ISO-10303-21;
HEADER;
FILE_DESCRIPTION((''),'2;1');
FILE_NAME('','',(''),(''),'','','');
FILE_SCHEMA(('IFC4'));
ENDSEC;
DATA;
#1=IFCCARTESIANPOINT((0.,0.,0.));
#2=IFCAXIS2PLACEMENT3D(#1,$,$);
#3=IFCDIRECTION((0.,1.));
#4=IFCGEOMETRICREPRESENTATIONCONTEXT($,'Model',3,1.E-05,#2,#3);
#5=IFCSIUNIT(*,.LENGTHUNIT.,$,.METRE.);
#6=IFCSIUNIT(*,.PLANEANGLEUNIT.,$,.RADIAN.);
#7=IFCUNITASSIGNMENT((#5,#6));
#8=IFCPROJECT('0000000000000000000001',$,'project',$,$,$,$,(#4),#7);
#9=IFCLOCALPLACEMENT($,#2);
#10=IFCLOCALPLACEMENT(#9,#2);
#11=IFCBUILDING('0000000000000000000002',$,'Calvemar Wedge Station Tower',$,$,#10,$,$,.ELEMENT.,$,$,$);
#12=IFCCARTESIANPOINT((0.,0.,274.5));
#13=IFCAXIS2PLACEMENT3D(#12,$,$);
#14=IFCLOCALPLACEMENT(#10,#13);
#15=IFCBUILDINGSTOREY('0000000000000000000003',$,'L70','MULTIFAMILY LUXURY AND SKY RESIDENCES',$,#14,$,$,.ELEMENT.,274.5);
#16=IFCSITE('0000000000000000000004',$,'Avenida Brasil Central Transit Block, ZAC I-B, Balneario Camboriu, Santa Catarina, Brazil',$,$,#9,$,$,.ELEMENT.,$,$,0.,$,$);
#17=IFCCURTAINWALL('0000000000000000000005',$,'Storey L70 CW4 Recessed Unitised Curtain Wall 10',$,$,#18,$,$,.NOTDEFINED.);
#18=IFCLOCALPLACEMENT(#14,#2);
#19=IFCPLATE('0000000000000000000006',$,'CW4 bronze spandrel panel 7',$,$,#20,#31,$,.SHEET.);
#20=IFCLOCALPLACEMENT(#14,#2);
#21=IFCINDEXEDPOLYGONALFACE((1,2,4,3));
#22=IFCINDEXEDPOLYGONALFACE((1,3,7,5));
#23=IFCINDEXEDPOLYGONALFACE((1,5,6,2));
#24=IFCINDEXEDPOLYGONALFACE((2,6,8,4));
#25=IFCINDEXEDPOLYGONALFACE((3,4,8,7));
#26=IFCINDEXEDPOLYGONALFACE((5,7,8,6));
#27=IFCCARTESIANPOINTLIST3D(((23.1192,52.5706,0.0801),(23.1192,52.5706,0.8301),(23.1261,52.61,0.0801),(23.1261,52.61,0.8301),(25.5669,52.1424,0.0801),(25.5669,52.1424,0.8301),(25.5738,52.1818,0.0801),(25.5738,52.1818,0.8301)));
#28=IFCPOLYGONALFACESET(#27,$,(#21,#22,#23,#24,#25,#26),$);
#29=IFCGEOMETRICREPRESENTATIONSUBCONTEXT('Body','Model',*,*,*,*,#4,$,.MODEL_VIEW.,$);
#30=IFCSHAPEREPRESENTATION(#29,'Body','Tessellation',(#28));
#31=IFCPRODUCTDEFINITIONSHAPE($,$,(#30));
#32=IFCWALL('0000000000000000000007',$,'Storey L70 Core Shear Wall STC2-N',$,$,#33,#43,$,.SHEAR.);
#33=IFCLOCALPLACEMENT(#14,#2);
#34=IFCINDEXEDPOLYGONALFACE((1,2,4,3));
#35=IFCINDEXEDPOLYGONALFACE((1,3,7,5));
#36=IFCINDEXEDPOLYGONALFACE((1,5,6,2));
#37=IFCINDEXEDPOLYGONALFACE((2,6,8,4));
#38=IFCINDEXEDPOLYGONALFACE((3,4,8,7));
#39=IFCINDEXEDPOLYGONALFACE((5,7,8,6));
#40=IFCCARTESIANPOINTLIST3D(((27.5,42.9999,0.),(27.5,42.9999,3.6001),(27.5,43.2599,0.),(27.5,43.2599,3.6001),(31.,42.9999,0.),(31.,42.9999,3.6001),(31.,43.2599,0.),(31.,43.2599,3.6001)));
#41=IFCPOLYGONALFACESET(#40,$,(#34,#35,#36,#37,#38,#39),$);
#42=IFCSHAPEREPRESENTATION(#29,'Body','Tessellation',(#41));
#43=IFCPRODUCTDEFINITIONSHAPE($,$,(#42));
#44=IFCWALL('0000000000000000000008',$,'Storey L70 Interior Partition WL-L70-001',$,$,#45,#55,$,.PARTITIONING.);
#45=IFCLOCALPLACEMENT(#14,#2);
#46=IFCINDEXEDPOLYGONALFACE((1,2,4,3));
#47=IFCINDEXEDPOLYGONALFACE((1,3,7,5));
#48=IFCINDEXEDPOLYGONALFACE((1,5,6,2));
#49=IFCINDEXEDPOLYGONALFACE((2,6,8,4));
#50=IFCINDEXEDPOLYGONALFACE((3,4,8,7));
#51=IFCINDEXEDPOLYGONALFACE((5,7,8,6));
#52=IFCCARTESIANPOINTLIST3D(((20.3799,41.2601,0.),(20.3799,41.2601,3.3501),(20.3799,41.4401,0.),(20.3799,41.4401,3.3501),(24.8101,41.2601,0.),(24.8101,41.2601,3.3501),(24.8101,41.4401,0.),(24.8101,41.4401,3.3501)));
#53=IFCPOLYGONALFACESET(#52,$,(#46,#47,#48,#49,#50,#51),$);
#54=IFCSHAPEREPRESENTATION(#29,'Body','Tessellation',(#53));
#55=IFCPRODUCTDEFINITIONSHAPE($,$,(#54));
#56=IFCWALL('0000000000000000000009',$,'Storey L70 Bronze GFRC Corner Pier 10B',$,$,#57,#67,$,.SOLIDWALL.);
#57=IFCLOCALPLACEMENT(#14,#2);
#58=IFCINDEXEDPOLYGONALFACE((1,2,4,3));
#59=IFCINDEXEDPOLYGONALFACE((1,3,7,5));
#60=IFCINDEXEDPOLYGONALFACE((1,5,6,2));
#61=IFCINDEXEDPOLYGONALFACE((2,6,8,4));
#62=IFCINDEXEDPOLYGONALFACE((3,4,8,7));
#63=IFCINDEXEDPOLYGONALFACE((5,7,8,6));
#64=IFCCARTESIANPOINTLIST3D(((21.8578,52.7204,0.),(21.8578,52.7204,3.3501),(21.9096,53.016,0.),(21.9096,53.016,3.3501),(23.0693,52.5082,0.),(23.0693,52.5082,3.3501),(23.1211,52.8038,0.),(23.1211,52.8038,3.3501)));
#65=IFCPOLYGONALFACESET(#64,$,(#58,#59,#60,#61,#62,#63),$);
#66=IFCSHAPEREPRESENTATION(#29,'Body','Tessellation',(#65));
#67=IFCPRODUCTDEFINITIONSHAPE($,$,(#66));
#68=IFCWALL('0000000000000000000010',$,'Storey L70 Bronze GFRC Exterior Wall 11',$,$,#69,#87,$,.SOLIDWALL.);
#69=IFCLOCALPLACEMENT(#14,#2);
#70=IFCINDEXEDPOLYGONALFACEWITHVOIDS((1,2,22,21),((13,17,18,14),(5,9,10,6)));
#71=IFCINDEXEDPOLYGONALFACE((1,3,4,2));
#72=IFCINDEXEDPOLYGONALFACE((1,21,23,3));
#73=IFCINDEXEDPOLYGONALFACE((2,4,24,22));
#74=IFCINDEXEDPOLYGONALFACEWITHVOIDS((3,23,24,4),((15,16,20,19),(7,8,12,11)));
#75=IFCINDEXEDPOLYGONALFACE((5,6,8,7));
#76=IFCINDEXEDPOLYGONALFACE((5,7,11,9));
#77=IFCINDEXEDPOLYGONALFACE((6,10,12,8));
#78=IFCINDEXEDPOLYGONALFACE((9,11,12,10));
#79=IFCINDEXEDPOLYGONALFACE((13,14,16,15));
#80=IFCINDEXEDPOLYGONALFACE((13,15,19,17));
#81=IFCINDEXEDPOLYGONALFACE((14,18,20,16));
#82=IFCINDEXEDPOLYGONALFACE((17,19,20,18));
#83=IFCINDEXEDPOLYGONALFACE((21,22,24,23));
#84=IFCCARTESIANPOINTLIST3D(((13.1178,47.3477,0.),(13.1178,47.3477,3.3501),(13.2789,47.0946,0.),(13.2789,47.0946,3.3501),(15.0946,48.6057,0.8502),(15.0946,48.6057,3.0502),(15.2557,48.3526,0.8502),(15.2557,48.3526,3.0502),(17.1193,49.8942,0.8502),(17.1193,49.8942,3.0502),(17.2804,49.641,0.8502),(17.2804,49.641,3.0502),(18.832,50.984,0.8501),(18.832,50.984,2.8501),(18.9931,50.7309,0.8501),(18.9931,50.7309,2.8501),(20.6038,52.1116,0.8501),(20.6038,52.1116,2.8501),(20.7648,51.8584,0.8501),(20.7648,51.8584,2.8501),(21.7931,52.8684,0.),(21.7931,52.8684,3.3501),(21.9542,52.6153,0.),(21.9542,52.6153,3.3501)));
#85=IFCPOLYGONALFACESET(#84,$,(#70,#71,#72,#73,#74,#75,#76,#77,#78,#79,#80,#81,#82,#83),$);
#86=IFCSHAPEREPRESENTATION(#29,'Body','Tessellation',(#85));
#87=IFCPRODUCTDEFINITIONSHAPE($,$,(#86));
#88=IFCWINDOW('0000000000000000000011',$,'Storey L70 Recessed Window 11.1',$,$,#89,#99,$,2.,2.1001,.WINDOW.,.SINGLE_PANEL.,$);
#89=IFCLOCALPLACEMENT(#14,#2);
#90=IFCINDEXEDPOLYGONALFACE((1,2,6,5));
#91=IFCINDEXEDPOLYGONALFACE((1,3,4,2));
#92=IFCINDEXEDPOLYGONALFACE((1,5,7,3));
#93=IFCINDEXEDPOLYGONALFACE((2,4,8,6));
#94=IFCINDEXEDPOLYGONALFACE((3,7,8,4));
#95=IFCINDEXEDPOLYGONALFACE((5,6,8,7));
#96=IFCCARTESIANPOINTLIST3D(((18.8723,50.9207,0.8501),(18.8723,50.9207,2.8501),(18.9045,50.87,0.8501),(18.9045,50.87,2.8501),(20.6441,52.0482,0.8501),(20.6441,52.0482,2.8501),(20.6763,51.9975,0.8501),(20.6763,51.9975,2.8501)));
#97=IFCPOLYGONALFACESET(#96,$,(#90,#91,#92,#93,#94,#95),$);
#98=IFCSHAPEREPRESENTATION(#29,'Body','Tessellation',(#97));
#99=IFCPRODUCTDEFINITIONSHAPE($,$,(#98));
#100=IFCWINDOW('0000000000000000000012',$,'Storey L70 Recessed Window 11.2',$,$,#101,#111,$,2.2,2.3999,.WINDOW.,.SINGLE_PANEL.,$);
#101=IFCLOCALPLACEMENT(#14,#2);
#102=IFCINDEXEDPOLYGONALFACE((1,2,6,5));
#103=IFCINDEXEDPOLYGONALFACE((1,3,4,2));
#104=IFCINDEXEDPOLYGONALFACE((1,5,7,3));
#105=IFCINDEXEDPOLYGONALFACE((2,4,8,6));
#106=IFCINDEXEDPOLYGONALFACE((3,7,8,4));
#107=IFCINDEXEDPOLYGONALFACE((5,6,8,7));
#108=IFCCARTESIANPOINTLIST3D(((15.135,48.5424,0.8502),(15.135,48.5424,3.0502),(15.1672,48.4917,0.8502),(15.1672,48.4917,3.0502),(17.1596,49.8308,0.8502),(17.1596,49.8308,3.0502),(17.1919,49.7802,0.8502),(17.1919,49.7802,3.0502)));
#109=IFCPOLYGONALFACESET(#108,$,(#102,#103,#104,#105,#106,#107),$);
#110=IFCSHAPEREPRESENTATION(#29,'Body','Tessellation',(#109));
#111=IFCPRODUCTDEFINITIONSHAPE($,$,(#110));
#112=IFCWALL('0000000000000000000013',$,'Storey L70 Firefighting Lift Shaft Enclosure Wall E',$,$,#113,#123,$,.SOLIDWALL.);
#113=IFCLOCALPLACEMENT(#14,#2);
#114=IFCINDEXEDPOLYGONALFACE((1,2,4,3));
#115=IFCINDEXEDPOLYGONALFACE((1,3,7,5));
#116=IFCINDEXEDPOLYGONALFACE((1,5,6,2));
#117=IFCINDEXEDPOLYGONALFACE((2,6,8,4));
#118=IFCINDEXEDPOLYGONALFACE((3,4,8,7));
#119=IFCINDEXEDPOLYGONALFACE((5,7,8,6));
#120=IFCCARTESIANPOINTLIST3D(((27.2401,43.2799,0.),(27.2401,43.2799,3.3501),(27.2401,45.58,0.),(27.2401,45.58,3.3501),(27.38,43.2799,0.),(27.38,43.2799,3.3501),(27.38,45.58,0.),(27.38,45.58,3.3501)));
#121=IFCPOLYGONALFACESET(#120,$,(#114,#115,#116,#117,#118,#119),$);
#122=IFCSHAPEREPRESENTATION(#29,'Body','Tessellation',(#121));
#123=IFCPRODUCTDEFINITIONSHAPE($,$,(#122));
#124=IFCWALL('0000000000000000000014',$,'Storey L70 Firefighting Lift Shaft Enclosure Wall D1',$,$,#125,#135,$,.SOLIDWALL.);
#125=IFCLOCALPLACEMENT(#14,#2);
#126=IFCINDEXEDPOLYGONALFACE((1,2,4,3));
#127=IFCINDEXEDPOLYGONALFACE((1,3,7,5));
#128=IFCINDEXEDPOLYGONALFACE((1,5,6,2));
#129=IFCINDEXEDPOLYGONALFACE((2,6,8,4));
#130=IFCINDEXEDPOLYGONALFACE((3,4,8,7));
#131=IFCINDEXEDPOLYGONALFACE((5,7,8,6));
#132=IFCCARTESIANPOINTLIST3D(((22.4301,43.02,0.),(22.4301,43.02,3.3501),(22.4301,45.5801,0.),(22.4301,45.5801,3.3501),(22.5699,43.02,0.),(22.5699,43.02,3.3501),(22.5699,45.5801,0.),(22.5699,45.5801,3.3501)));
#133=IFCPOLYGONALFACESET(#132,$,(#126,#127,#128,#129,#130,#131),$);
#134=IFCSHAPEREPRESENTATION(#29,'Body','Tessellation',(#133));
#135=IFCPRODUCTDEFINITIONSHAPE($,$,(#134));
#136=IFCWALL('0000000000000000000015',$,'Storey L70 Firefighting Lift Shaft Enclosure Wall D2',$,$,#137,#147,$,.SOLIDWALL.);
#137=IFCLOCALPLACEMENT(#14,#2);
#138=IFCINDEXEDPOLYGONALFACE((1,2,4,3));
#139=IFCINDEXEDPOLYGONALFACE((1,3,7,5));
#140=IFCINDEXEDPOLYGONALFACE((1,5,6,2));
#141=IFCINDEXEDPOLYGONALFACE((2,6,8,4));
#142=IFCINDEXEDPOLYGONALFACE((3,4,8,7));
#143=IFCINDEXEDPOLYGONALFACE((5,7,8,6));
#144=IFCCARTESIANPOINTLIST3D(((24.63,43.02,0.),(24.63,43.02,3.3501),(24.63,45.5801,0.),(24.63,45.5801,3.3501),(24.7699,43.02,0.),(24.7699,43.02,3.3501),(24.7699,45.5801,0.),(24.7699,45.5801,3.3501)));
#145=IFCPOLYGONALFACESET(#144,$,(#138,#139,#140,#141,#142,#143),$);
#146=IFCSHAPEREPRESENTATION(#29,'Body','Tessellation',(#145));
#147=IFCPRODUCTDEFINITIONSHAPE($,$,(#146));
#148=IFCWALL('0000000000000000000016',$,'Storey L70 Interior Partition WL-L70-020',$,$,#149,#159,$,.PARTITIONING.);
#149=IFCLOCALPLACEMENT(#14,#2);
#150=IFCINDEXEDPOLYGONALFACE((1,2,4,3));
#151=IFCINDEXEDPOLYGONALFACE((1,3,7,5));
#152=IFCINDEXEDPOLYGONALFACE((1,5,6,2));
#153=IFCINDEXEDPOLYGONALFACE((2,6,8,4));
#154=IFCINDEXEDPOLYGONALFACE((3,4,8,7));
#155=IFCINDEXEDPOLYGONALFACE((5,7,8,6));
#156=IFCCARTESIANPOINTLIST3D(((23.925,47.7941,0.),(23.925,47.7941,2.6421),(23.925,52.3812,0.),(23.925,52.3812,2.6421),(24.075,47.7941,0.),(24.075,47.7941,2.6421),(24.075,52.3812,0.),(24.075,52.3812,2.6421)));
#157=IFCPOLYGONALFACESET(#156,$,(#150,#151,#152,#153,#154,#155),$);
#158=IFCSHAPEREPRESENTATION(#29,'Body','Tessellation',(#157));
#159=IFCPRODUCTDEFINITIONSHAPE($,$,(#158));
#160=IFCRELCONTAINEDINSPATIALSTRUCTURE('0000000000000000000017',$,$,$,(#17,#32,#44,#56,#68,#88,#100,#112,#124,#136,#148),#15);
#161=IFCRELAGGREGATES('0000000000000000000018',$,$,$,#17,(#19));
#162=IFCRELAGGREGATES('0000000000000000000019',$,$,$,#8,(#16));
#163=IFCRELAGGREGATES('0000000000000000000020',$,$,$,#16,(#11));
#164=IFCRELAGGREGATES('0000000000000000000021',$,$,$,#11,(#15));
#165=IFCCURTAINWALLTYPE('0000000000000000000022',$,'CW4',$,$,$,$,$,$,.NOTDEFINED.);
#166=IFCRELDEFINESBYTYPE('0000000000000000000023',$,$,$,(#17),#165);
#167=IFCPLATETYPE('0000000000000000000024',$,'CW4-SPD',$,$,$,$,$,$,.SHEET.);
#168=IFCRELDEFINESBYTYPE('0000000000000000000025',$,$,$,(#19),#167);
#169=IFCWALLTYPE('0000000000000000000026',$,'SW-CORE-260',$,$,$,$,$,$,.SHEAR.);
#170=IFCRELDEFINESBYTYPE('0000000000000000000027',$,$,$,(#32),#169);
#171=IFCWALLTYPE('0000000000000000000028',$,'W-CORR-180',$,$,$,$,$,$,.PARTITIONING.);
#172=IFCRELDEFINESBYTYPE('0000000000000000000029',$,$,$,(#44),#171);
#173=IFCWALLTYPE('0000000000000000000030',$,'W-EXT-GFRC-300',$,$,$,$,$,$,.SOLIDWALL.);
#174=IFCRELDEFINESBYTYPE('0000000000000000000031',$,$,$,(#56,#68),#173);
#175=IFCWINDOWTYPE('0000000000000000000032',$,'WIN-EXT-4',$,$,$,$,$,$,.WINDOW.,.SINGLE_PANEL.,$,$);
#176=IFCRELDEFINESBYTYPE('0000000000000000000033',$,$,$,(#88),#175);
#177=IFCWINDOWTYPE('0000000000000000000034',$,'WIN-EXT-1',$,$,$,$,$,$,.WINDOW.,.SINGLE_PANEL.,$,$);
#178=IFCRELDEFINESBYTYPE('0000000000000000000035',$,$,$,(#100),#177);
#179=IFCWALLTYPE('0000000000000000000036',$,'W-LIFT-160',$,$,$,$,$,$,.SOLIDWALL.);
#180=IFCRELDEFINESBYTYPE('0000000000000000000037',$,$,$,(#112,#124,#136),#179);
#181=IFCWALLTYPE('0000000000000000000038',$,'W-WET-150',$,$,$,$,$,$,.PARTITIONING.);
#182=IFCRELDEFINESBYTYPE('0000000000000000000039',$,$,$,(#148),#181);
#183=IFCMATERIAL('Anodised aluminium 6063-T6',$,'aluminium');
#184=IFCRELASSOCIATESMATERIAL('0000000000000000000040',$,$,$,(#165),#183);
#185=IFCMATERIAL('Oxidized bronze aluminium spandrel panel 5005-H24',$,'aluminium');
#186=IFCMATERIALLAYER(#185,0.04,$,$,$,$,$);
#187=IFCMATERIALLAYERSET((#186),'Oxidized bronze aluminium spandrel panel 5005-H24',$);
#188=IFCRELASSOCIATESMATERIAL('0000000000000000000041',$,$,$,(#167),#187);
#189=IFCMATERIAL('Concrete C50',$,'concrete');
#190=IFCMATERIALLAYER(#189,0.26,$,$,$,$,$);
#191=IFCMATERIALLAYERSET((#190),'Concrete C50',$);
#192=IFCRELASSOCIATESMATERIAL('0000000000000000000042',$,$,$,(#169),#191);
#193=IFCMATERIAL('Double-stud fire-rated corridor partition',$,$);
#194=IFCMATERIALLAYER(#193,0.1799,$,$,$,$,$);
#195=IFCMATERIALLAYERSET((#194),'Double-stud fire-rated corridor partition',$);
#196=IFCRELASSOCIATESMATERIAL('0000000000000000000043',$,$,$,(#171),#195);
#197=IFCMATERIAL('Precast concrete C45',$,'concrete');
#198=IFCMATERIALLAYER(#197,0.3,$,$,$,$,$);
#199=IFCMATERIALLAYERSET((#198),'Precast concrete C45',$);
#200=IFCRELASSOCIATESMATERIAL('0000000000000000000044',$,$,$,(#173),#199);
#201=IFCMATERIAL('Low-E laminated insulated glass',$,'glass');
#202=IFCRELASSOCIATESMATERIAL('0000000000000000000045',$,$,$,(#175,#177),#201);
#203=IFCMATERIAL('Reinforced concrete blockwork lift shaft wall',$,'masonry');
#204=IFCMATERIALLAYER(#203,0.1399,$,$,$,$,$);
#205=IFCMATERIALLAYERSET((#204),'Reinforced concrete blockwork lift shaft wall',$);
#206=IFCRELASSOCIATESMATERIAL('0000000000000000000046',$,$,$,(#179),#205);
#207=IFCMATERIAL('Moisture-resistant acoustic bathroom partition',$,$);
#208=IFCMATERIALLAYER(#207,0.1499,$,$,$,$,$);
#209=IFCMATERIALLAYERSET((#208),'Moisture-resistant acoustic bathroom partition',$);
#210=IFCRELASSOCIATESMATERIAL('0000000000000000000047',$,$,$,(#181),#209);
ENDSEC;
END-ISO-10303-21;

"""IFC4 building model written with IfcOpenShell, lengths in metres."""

from ifc_helpers import new_model, si_unit, direction, frame, frame_2d, origin, place, context, subcontext, project, spatial, rectangle, extrude, source, transform, mapped, material, layer, layer_set, type_object, element, fill, aggregate, save


model = new_model("IFC4")

# Units and contexts
model_context = context("Model", 3, precision=1e-05, world=origin(), true_north=direction((0.0, 1.0)))
body_context = subcontext(model_context, "Body", "Model", "MODEL_VIEW")
ifc_project = project(units=[si_unit("LENGTHUNIT", "METRE"), si_unit("PLANEANGLEUNIT", "RADIAN")], contexts=[model_context])

# Site, building, storey
site_placement = place(None, origin())
site = spatial("IfcSite", under=ifc_project, at=site_placement, Name="Avenida Brasil Central Transit Block, ZAC I-B, Balneario Camboriu, Santa Catarina, Brazil", CompositionType="ELEMENT", RefElevation=0.0)
building_placement = place(site_placement, origin())
building = spatial("IfcBuilding", under=site, at=building_placement, Name="Calvemar Wedge Station Tower", CompositionType="ELEMENT")
storey_placement = place(building_placement, frame((0.0, 0.0, 274.5)))
storey = spatial("IfcBuildingStorey", under=building, at=storey_placement, Name="L70", Description="MULTIFAMILY LUXURY AND SKY RESIDENCES", CompositionType="ELEMENT", Elevation=274.5)

# Shared definitions
ifc_material_1 = material(Name="Concrete C50", Category="concrete")

# Curtain wall, plate
ifc_material_2 = material(Name="Anodised aluminium 6063-T6", Category="aluminium")
curtain_wall_type = type_object("IfcCurtainWallType", Name="CW4", PredefinedType="NOTDEFINED", material=ifc_material_2)
curtain_wall_placement = place(storey_placement, origin())
curtain_wall = element("IfcCurtainWall", 1, at=curtain_wall_placement, inside=storey, type_object=curtain_wall_type, Name="Storey L70 CW4 Recessed Unitised Curtain Wall 10", PredefinedType="NOTDEFINED")
ifc_material_3 = material(Name="Low-E laminated insulated glass", Category="glass")
ifc_material_4 = material(Name="Oxidized bronze aluminium spandrel panel 5005-H24", Category="aluminium")
ifc_layer_1 = layer(ifc_material_4, 0.04)
ifc_layer_set_1 = layer_set([ifc_layer_1], Name="Oxidized bronze aluminium spandrel panel 5005-H24")
plate_type_1 = type_object("IfcPlateType", Name="CW4-SPD", PredefinedType="SHEET", material=ifc_layer_set_1)
plate_1_placement = place(storey_placement, frame((25.5703, 52.1621, 0.0801), z_axis=(0.0, 0.0, 1.0), x_axis=(-0.98504, 0.172328, 0.0)))
plate_1 = element("IfcPlate", 2, at=plate_1_placement, type_object=plate_type_1, Name="CW4 bronze spandrel panel 7", PredefinedType="SHEET", context=body_context, shape_type="SweptSolid", body=[
    extrude(rectangle(XDim=2.4849, YDim=0.04, at=frame_2d((1.2424, 0.0))), origin(), (0.0, 0.0, 1.0), 0.75),
])
aggregate(curtain_wall, [plate_1])

# Walls
ifc_layer_2 = layer(ifc_material_1, 0.26)
ifc_layer_set_2 = layer_set([ifc_layer_2], Name="Concrete C50")
wall_type_1 = type_object("IfcWallType", Name="SW-CORE-260", PredefinedType="SHEAR", material=ifc_layer_set_2)
wall_1_placement = place(storey_placement, frame((27.5, 43.1299, 0.0), z_axis=(0.0, 0.0, 1.0), x_axis=(1.0, 0.0, 0.0)))
element("IfcWall", 3, at=wall_1_placement, inside=storey, type_object=wall_type_1, Name="Storey L70 Core Shear Wall STC2-N", PredefinedType="SHEAR", context=body_context, shape_type="SweptSolid", body=[
    extrude(rectangle(XDim=3.5, YDim=0.26, at=frame_2d((1.75, 0.0))), origin(), (0.0, 0.0, 1.0), 3.6001),
])
ifc_material_5 = material(Name="Double-stud fire-rated corridor partition")
ifc_layer_3 = layer(ifc_material_5, 0.1799)
ifc_layer_set_3 = layer_set([ifc_layer_3], Name="Double-stud fire-rated corridor partition")
wall_type_2 = type_object("IfcWallType", Name="W-CORR-180", PredefinedType="PARTITIONING", material=ifc_layer_set_3)
wall_2_placement = place(storey_placement, frame((24.8101, 41.3501, 0.0), z_axis=(0.0, 0.0, 1.0), x_axis=(-1.0, 0.0, 0.0)))
element("IfcWall", 4, at=wall_2_placement, inside=storey, type_object=wall_type_2, Name="Storey L70 Interior Partition WL-L70-001", PredefinedType="PARTITIONING", context=body_context, shape_type="SweptSolid", body=[
    extrude(rectangle(XDim=4.4302, YDim=0.1799, at=frame_2d((2.2151, 0.0))), origin(), (0.0, 0.0, 1.0), 3.3501),
])

# Wall
ifc_material_6 = material(Name="Precast concrete C45", Category="concrete")
ifc_layer_4 = layer(ifc_material_6, 0.3)
ifc_layer_set_4 = layer_set([ifc_layer_4], Name="Precast concrete C45")
wall_type_3 = type_object("IfcWallType", Name="W-EXT-GFRC-300", PredefinedType="SOLIDWALL", material=ifc_layer_set_4)
wall_3_placement = place(storey_placement, frame((23.0952, 52.656, 0.0), z_axis=(0.0, 0.0, 1.0), x_axis=(-0.985009, 0.172506, 0.0)))
element("IfcWall", 5, at=wall_3_placement, inside=storey, type_object=wall_type_3, Name="Storey L70 Bronze GFRC Corner Pier 10B", PredefinedType="SOLIDWALL", context=body_context, shape_type="SweptSolid", body=[
    extrude(rectangle(XDim=1.23, YDim=0.3, at=frame_2d((0.615, 0.0))), origin(), (0.0, 0.0, 1.0), 3.3501),
])

# Wall, openings, windows
wall_4_placement = place(storey_placement, frame((21.8738, 52.7419, 0.0), z_axis=(0.0, 0.0, 1.0), x_axis=(-0.843657, -0.536883, 0.0)))
wall_4 = element("IfcWall", 6, at=wall_4_placement, inside=storey, type_object=wall_type_3, Name="Storey L70 Bronze GFRC Exterior Wall 11", PredefinedType="SOLIDWALL", context=body_context, shape_type="SweptSolid", body=[
    extrude(rectangle(XDim=10.283, YDim=0.3, at=frame_2d((5.1416, 0.0))), origin(), (0.0, 0.0, 1.0), 3.3501),
])
shared_shape_1 = source(origin(), body_context, "Body", "SweptSolid", [
    extrude(rectangle(XDim=2.1001, YDim=2.0, at=frame_2d((1.05, 1.0))), frame((0.0, 0.1602, 0.0), z_axis=(0.0, -1.0, 0.0), x_axis=(1.0, 0.0, 0.0)), (0.0, 0.0, 1.0), 0.3201),
])
opening_1_placement = place(wall_4_placement, frame((1.4099, 0.0, 0.8501)))
opening_1 = element("IfcOpeningElement", 7, at=opening_1_placement, cuts=wall_4, PredefinedType="OPENING", context=body_context, shape_type="MappedRepresentation", body=[
    mapped(shared_shape_1, transform((0.0, 0.0, 0.0), scale=1.0)),
])
shared_shape_2 = source(origin(), body_context, "Body", "SweptSolid", [
    extrude(rectangle(XDim=2.3999, YDim=2.2, at=frame_2d((1.2, 1.1001))), frame((0.0, 0.1602, 0.0), z_axis=(0.0, -1.0, 0.0), x_axis=(1.0, 0.0, 0.0)), (0.0, 0.0, 1.0), 0.3201),
])
opening_2_placement = place(wall_4_placement, frame((5.54, 0.0, 0.8501)))
opening_2 = element("IfcOpeningElement", 8, at=opening_2_placement, cuts=wall_4, PredefinedType="OPENING", context=body_context, shape_type="MappedRepresentation", body=[
    mapped(shared_shape_2, transform((0.0, 0.0, 0.0), scale=1.0)),
])
window_type_1 = type_object("IfcWindowType", Name="WIN-EXT-4", PartitioningType="SINGLE_PANEL", PredefinedType="WINDOW", material=ifc_material_3)
shared_shape_3 = source(origin(), body_context, "Body", "SweptSolid", [
    extrude(rectangle(XDim=2.1001, YDim=2.0, at=frame_2d((1.05, 1.0))), frame((0.0, -0.0149, 0.0), z_axis=(0.0, -1.0, 0.0), x_axis=(1.0, 0.0, 0.0)), (0.0, 0.0, 1.0), 0.0601),
])
window_1_placement = place(opening_1_placement, origin())
window_1 = element("IfcWindow", 9, at=window_1_placement, inside=storey, type_object=window_type_1, Name="Storey L70 Recessed Window 11.1", OverallHeight=2.0, OverallWidth=2.1001, PartitioningType="SINGLE_PANEL", PredefinedType="WINDOW", context=body_context, shape_type="MappedRepresentation", body=[
    mapped(shared_shape_3, transform((0.0, 0.0, 0.0), scale=1.0)),
])
fill(opening_1, window_1)
window_type_2 = type_object("IfcWindowType", Name="WIN-EXT-1", PartitioningType="SINGLE_PANEL", PredefinedType="WINDOW", material=ifc_material_3)
shared_shape_4 = source(origin(), body_context, "Body", "SweptSolid", [
    extrude(rectangle(XDim=2.3999, YDim=2.2, at=frame_2d((1.2, 1.1001))), frame((0.0, -0.0149, 0.0), z_axis=(0.0, -1.0, 0.0), x_axis=(1.0, 0.0, 0.0)), (0.0, 0.0, 1.0), 0.0601),
])
window_2_placement = place(opening_2_placement, origin())
window_2 = element("IfcWindow", 10, at=window_2_placement, inside=storey, type_object=window_type_2, Name="Storey L70 Recessed Window 11.2", OverallHeight=2.2, OverallWidth=2.3999, PartitioningType="SINGLE_PANEL", PredefinedType="WINDOW", context=body_context, shape_type="MappedRepresentation", body=[
    mapped(shared_shape_4, transform((0.0, 0.0, 0.0), scale=1.0)),
])
fill(opening_2, window_2)

# Walls
ifc_material_7 = material(Name="Reinforced concrete blockwork lift shaft wall", Category="masonry")
ifc_layer_5 = layer(ifc_material_7, 0.1399)
ifc_layer_set_5 = layer_set([ifc_layer_5], Name="Reinforced concrete blockwork lift shaft wall")
wall_type_4 = type_object("IfcWallType", Name="W-LIFT-160", PredefinedType="SOLIDWALL", material=ifc_layer_set_5)
wall_5_placement = place(storey_placement, frame((27.3101, 43.28, 0.0), z_axis=(0.0, 0.0, 1.0), x_axis=(0.0, 1.0, 0.0)))
element("IfcWall", 11, at=wall_5_placement, inside=storey, type_object=wall_type_4, Name="Storey L70 Firefighting Lift Shaft Enclosure Wall E", PredefinedType="SOLIDWALL", context=body_context, shape_type="SweptSolid", body=[
    extrude(rectangle(XDim=2.3, YDim=0.1399, at=frame_2d((1.1499, 0.0))), origin(), (0.0, 0.0, 1.0), 3.3501),
])
for number, where, z_axis, x_axis, name in (
    (12, (22.5, 43.02, 0.0), (0.0, 0.0, 1.0), (0.0, 1.0, 0.0), "Storey L70 Firefighting Lift Shaft Enclosure Wall D1"),
    (13, (24.7, 43.02, 0.0), (0.0, 0.0, 1.0), (0.0, 1.0, 0.0), "Storey L70 Firefighting Lift Shaft Enclosure Wall D2"),
):
    element("IfcWall", number, at=place(storey_placement, frame(where, z_axis=z_axis, x_axis=x_axis)), inside=storey, type_object=wall_type_4, Name=name, PredefinedType="SOLIDWALL", context=body_context, shape_type="SweptSolid", body=[
        extrude(rectangle(XDim=2.5601, YDim=0.1399, at=frame_2d((1.28, 0.0))), origin(), (0.0, 0.0, 1.0), 3.3501),
    ])
ifc_material_8 = material(Name="Moisture-resistant acoustic bathroom partition")
ifc_layer_6 = layer(ifc_material_8, 0.1499)
ifc_layer_set_6 = layer_set([ifc_layer_6], Name="Moisture-resistant acoustic bathroom partition")
wall_type_5 = type_object("IfcWallType", Name="W-WET-150", PredefinedType="PARTITIONING", material=ifc_layer_set_6)
wall_6_placement = place(storey_placement, frame((24.0, 52.3811, 0.0), z_axis=(0.0, 0.0, 1.0), x_axis=(0.0, -1.0, 0.0)))
element("IfcWall", 14, at=wall_6_placement, inside=storey, type_object=wall_type_5, Name="Storey L70 Interior Partition WL-L70-020", PredefinedType="PARTITIONING", context=body_context, shape_type="SweptSolid", body=[
    extrude(rectangle(XDim=4.5872, YDim=0.1499, at=frame_2d((2.2935, 0.0))), origin(), (0.0, 0.0, 1.0), 2.6421),
])

save(model, "model.ifc")
